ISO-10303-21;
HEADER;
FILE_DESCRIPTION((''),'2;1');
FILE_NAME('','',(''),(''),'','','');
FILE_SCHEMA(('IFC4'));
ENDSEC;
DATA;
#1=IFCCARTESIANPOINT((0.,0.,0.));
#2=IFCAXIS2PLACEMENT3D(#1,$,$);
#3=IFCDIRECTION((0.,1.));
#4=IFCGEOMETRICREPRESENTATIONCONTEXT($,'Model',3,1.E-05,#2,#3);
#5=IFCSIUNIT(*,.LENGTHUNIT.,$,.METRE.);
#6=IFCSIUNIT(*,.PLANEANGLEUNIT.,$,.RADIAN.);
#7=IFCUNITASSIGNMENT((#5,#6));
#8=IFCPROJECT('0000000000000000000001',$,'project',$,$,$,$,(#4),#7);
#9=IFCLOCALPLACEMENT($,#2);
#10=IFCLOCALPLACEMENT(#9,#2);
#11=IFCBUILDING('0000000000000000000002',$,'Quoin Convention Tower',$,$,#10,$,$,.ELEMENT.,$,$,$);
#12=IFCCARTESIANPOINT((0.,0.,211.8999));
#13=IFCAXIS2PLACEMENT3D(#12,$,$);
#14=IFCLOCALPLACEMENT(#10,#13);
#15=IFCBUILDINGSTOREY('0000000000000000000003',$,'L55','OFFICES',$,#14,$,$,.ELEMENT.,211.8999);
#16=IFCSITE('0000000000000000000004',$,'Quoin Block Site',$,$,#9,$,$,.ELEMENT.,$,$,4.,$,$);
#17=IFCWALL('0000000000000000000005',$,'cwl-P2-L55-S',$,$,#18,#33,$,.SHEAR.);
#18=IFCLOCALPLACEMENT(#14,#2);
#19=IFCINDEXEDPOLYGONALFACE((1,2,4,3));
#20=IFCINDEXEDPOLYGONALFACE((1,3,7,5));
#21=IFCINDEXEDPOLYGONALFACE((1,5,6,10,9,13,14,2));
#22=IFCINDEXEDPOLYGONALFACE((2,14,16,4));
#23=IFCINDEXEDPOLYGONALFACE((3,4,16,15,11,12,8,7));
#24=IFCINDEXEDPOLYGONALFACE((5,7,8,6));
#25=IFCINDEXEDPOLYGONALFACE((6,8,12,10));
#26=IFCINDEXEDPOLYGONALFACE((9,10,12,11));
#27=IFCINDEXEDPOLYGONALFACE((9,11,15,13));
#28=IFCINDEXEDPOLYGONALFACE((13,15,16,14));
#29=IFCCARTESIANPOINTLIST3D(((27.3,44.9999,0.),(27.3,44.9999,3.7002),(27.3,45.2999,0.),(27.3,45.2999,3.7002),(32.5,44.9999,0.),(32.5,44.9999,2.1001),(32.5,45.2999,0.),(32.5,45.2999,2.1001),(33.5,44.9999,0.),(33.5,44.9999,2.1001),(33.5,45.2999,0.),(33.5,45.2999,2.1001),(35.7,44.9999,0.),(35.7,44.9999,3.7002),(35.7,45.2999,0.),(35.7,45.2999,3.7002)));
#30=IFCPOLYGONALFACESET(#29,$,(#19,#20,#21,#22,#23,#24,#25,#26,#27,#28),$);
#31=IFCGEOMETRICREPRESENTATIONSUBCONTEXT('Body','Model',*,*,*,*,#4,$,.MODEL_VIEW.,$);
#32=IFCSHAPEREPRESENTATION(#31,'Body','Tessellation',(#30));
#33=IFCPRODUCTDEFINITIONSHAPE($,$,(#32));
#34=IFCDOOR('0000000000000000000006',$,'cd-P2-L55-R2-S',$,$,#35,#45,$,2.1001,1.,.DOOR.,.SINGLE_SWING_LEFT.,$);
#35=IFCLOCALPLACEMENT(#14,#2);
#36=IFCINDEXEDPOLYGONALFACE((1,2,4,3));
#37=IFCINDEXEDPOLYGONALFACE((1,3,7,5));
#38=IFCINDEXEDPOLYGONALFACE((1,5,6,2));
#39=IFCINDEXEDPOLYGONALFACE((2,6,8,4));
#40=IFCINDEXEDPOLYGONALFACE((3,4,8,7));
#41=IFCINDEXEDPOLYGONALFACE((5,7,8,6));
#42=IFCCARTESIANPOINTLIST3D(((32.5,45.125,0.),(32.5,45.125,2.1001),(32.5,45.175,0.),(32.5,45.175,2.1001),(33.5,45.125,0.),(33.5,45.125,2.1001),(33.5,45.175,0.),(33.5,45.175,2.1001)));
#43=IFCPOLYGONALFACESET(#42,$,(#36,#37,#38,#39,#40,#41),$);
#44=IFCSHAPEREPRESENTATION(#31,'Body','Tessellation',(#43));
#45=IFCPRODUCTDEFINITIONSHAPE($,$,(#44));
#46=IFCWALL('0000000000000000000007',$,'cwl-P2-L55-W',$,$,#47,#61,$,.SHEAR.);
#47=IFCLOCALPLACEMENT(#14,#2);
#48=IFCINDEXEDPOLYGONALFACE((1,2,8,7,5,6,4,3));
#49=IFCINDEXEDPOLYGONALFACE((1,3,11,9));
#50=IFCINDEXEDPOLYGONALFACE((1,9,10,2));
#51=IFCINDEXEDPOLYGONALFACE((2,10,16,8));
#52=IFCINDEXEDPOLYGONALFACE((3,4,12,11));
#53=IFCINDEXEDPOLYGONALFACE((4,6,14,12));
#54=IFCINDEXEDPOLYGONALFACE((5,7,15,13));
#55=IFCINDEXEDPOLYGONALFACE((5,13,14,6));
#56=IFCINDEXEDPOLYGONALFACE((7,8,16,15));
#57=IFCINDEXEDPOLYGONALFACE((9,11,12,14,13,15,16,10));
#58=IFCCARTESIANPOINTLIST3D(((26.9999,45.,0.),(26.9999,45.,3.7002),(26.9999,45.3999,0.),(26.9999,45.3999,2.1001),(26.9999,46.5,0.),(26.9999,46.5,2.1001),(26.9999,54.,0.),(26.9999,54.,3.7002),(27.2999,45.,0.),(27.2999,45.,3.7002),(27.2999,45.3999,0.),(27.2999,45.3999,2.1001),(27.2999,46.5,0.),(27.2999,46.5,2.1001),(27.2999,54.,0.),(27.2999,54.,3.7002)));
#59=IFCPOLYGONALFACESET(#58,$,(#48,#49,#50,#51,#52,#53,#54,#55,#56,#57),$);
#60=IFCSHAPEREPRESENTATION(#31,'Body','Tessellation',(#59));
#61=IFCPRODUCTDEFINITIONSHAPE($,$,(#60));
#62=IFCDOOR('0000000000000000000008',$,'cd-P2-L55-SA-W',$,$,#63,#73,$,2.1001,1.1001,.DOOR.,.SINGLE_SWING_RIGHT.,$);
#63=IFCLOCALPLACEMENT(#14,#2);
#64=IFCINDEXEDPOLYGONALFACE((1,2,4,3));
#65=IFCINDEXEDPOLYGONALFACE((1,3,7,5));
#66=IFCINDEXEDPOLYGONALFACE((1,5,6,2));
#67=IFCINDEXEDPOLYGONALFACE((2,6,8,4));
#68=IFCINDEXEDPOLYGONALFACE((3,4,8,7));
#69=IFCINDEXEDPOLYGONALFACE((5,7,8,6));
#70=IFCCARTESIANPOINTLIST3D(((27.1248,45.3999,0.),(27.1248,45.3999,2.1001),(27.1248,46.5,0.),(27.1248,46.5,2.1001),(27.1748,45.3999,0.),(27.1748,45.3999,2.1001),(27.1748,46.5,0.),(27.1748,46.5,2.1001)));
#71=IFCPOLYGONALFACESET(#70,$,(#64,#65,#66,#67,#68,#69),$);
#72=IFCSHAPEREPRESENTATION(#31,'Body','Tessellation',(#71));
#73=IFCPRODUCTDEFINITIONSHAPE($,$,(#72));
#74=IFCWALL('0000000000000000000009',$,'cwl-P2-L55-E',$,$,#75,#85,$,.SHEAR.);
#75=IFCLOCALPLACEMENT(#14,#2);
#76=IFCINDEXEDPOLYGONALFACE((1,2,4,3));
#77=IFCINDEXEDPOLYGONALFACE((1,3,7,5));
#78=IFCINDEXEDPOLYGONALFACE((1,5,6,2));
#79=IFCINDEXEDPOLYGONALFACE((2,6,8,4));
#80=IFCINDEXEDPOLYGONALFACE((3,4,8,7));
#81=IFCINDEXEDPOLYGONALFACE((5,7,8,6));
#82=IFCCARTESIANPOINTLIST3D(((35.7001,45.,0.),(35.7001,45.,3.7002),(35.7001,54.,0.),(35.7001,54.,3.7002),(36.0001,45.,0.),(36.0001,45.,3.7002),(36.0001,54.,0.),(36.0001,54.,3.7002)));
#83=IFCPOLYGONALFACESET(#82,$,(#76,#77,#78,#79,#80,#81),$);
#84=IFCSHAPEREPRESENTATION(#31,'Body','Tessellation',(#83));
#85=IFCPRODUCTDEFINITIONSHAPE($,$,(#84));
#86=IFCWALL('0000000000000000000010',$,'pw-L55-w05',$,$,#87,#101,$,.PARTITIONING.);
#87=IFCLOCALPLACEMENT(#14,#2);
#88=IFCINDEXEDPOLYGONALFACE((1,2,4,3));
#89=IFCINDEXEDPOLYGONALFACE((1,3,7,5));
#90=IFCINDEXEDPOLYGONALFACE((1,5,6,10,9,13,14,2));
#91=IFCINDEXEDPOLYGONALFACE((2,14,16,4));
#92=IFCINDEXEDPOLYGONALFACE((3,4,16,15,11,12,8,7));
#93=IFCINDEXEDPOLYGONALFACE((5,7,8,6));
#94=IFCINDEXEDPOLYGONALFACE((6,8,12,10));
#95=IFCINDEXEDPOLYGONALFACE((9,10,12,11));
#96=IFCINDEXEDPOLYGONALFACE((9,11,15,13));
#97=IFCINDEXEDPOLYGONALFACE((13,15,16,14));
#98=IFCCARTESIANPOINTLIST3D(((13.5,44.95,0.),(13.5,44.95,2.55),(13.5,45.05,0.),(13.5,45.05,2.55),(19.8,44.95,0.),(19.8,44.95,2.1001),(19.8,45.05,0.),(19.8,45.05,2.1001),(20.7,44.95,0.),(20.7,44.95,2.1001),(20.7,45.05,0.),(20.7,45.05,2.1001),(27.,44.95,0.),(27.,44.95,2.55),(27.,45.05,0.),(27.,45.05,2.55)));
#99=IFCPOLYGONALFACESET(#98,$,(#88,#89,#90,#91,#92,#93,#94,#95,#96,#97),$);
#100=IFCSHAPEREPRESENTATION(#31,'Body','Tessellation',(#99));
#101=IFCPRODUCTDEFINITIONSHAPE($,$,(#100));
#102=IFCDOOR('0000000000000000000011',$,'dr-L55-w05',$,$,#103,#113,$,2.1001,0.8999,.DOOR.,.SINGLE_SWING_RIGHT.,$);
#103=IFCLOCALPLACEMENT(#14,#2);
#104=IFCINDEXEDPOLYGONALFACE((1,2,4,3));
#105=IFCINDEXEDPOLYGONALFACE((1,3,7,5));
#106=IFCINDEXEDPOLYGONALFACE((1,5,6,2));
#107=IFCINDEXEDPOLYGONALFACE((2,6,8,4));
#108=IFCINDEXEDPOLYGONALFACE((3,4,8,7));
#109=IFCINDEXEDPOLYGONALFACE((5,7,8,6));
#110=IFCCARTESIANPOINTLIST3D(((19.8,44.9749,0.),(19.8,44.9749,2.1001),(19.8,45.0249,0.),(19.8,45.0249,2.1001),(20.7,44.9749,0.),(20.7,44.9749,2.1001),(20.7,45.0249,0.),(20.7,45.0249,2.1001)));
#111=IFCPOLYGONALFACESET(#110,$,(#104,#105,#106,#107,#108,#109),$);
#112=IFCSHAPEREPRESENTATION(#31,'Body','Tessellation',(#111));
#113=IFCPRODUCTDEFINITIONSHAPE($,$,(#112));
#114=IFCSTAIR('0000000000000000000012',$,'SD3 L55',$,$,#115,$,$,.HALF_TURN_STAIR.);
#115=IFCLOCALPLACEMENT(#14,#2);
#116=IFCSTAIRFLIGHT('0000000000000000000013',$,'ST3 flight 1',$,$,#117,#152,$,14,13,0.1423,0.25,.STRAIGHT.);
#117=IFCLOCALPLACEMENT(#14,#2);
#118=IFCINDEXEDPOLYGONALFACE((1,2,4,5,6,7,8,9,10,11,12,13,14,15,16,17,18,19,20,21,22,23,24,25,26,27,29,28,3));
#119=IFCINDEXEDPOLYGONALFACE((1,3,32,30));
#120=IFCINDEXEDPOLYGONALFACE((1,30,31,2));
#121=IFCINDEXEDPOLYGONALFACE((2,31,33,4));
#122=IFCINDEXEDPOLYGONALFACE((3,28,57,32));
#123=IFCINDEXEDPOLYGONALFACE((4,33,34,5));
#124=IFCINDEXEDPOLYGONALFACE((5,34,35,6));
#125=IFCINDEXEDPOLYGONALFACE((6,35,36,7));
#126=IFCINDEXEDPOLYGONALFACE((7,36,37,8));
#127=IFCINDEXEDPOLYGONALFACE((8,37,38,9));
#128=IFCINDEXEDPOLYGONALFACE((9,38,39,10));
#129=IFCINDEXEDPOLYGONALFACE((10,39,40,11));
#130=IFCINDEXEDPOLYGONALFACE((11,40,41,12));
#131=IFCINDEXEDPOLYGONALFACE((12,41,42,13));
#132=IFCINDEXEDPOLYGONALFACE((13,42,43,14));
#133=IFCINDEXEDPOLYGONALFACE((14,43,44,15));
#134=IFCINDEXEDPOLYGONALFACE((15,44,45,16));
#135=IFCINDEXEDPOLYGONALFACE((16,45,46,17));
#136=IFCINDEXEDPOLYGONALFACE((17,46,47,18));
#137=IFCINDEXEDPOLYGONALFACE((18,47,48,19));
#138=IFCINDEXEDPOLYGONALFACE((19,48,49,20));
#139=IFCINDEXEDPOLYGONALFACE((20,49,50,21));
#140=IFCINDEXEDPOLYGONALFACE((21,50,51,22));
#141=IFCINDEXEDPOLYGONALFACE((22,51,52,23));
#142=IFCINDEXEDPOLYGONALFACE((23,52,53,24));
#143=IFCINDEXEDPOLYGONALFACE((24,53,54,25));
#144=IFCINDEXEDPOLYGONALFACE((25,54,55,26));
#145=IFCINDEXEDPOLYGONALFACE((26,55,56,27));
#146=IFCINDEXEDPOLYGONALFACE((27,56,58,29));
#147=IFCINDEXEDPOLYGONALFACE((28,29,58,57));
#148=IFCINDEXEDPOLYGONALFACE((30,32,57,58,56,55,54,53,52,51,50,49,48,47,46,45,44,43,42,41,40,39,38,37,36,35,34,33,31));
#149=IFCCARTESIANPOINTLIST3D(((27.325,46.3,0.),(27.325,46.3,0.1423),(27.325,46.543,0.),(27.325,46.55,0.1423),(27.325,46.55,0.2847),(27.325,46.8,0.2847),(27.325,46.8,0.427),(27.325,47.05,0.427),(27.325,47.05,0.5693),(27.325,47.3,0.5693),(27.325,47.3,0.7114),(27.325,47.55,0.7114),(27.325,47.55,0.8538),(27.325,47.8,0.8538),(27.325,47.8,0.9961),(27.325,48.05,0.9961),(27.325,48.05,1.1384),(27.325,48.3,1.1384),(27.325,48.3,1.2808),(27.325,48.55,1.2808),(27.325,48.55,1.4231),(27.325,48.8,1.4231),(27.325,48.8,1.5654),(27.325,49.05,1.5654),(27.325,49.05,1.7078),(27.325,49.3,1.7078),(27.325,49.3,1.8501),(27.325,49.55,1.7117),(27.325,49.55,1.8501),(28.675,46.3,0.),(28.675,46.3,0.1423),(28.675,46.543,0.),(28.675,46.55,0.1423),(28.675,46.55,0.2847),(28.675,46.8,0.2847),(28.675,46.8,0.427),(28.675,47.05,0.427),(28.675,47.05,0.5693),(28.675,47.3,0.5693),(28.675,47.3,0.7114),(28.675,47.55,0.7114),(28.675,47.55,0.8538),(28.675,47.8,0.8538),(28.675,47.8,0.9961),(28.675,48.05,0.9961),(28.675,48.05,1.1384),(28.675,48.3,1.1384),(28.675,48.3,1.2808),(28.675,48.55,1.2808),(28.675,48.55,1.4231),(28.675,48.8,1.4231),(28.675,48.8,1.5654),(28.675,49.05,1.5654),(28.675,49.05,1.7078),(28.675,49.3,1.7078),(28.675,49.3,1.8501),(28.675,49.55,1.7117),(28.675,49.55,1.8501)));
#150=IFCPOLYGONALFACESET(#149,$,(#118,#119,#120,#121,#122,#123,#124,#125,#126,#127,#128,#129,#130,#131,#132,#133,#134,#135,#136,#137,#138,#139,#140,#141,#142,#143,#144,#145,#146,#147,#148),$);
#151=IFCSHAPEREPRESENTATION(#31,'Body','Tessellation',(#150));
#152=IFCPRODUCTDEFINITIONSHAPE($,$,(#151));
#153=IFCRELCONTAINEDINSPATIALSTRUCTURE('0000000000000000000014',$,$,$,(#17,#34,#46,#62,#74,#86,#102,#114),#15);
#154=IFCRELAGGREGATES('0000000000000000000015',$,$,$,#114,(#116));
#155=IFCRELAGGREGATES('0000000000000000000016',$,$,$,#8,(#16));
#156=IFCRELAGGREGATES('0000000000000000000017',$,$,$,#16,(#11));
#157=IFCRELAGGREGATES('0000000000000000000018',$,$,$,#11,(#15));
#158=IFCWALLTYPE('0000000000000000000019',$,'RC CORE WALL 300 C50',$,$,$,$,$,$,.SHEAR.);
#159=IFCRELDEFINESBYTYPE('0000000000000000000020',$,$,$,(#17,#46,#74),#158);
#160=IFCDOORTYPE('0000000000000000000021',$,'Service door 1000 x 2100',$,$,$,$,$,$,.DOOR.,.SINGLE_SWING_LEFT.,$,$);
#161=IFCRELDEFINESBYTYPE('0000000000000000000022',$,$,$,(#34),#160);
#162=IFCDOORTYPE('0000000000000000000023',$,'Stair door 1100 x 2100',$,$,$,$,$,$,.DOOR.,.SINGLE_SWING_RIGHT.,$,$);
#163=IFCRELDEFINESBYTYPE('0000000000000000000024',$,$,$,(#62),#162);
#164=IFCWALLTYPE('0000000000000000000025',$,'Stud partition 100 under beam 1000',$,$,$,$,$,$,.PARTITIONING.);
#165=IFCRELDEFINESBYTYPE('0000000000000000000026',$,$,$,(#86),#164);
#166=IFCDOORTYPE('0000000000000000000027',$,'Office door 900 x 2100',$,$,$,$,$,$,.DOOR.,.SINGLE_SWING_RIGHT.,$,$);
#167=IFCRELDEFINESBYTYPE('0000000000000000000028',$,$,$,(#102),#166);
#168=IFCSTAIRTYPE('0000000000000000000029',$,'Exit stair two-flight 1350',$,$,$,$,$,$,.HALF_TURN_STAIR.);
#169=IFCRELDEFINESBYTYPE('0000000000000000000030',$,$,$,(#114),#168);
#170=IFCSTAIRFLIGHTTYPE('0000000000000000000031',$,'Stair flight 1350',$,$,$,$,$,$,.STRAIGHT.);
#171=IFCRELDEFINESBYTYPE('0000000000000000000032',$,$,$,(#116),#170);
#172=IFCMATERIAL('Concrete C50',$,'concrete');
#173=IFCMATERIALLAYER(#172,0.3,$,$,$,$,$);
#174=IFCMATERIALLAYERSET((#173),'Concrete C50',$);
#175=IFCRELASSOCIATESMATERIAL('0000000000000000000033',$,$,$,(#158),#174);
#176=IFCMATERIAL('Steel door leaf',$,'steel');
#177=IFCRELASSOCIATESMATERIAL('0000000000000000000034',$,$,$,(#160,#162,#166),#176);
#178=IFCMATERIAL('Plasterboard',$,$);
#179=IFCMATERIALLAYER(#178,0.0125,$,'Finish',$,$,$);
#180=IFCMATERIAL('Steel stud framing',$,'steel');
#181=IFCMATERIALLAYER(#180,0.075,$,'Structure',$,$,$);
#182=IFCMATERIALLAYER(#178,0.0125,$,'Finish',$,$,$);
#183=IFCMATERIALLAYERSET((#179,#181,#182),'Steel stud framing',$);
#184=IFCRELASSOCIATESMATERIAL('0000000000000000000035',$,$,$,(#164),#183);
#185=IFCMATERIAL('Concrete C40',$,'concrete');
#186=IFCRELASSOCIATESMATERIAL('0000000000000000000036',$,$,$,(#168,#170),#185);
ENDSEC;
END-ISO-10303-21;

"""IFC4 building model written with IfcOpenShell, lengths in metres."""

from ifc_helpers import new_model, si_unit, direction, frame, frame_2d, origin, place, context, subcontext, project, spatial, polyline, rectangle, outline, extrude, material, layer, layer_set, type_object, element, fill, aggregate, save


model = new_model("IFC4")

# Units and contexts
model_context = context("Model", 3, precision=1e-05, world=origin(), true_north=direction((0.0, 1.0)))
body_context = subcontext(model_context, "Body", "Model", "MODEL_VIEW")
ifc_project = project(units=[si_unit("LENGTHUNIT", "METRE"), si_unit("PLANEANGLEUNIT", "RADIAN")], contexts=[model_context])

# Site, building, storey
site_placement = place(None, origin())
site = spatial("IfcSite", under=ifc_project, at=site_placement, Name="Quoin Block Site", CompositionType="ELEMENT", RefElevation=4.0)
building_placement = place(site_placement, origin())
building = spatial("IfcBuilding", under=site, at=building_placement, Name="Quoin Convention Tower", CompositionType="ELEMENT")
storey_placement = place(building_placement, frame((0.0, 0.0, 211.8999)))
storey = spatial("IfcBuildingStorey", under=building, at=storey_placement, Name="L55", Description="OFFICES", CompositionType="ELEMENT", Elevation=211.8999)

# Shared definitions
ifc_material_1 = material(Name="Concrete C50", Category="concrete")

# Walls, openings, doors
ifc_layer_1 = layer(ifc_material_1, 0.3)
ifc_layer_set_1 = layer_set([ifc_layer_1], Name="Concrete C50")
wall_type_1 = type_object("IfcWallType", Name="RC CORE WALL 300 C50", PredefinedType="SHEAR", material=ifc_layer_set_1)
wall_1_placement = place(storey_placement, frame((27.3, 45.1499, 0.0), z_axis=(0.0, 0.0, 1.0), x_axis=(1.0, 0.0, 0.0)))
wall_1 = element("IfcWall", 1, at=wall_1_placement, inside=storey, type_object=wall_type_1, Name="cwl-P2-L55-S", PredefinedType="SHEAR", context=body_context, shape_type="SweptSolid", body=[
    extrude(rectangle(XDim=8.3999, YDim=0.3, at=frame_2d((4.2, 0.0))), origin(), (0.0, 0.0, 1.0), 3.7002),
])
opening_1_placement = place(wall_1_placement, frame((5.2, 0.0, 0.0)))
opening_1 = element("IfcOpeningElement", 2, at=opening_1_placement, cuts=wall_1, PredefinedType="OPENING", context=body_context, shape_type="SweptSolid", body=[
    extrude(rectangle(XDim=1.0, YDim=2.1001, at=frame_2d((0.5, 1.05))), frame((0.0, 0.1599, 0.0), z_axis=(0.0, -1.0, 0.0), x_axis=(1.0, 0.0, 0.0)), (0.0, 0.0, 1.0), 0.3201),
])
ifc_material_2 = material(Name="Steel door leaf", Category="steel")
door_type_1 = type_object("IfcDoorType", Name="Service door 1000 x 2100", OperationType="SINGLE_SWING_LEFT", PredefinedType="DOOR", material=ifc_material_2)
door_1_placement = place(opening_1_placement, frame((1.0, 0.0, 0.0), z_axis=(0.0, 0.0, 1.0), x_axis=(-1.0, 0.0, 0.0)))
door_1 = element("IfcDoor", 3, at=door_1_placement, inside=storey, type_object=door_type_1, Name="cd-P2-L55-R2-S", OperationType="SINGLE_SWING_LEFT", OverallHeight=2.1001, OverallWidth=1.0, PredefinedType="DOOR", context=body_context, shape_type="SweptSolid", body=[
    extrude(rectangle(XDim=1.0, YDim=2.1001, at=frame_2d((0.5, 1.05))), frame((0.0, 0.0249, 0.0), z_axis=(0.0, -1.0, 0.0), x_axis=(1.0, 0.0, 0.0)), (0.0, 0.0, 1.0), 0.05),
])
fill(opening_1, door_1)
wall_2_placement = place(storey_placement, frame((27.1499, 45.0, 0.0), z_axis=(0.0, 0.0, 1.0), x_axis=(0.0, 1.0, 0.0)))
wall_2 = element("IfcWall", 4, at=wall_2_placement, inside=storey, type_object=wall_type_1, Name="cwl-P2-L55-W", PredefinedType="SHEAR", context=body_context, shape_type="SweptSolid", body=[
    extrude(rectangle(XDim=9.0, YDim=0.3, at=frame_2d((4.5, 0.0))), origin(), (0.0, 0.0, 1.0), 3.7002),
])
opening_2_placement = place(wall_2_placement, frame((0.3999, 0.0, 0.0)))
opening_2 = element("IfcOpeningElement", 5, at=opening_2_placement, cuts=wall_2, PredefinedType="OPENING", context=body_context, shape_type="SweptSolid", body=[
    extrude(rectangle(XDim=1.1001, YDim=2.1001, at=frame_2d((0.55, 1.05))), frame((0.0, 0.1599, 0.0), z_axis=(0.0, -1.0, 0.0), x_axis=(1.0, 0.0, 0.0)), (0.0, 0.0, 1.0), 0.3201),
])
door_type_2 = type_object("IfcDoorType", Name="Stair door 1100 x 2100", OperationType="SINGLE_SWING_RIGHT", PredefinedType="DOOR", material=ifc_material_2)
door_2_placement = place(opening_2_placement, frame((1.1001, 0.0, 0.0), z_axis=(0.0, 0.0, 1.0), x_axis=(-1.0, 0.0, 0.0)))
door_2 = element("IfcDoor", 6, at=door_2_placement, inside=storey, type_object=door_type_2, Name="cd-P2-L55-SA-W", OperationType="SINGLE_SWING_RIGHT", OverallHeight=2.1001, OverallWidth=1.1001, PredefinedType="DOOR", context=body_context, shape_type="SweptSolid", body=[
    extrude(rectangle(XDim=1.1001, YDim=2.1001, at=frame_2d((0.55, 1.05))), frame((0.0, 0.0249, 0.0), z_axis=(0.0, -1.0, 0.0), x_axis=(1.0, 0.0, 0.0)), (0.0, 0.0, 1.0), 0.05),
])
fill(opening_2, door_2)

# Wall
wall_3_placement = place(storey_placement, frame((35.8501, 45.0, 0.0), z_axis=(0.0, 0.0, 1.0), x_axis=(0.0, 1.0, 0.0)))
element("IfcWall", 7, at=wall_3_placement, inside=storey, type_object=wall_type_1, Name="cwl-P2-L55-E", PredefinedType="SHEAR", context=body_context, shape_type="SweptSolid", body=[
    extrude(rectangle(XDim=9.0, YDim=0.3, at=frame_2d((4.5, 0.0))), origin(), (0.0, 0.0, 1.0), 3.7002),
])

# Wall, opening, door
ifc_material_3 = material(Name="Plasterboard")
ifc_layer_2 = layer(ifc_material_3, 0.0125, Name="Finish")
ifc_material_4 = material(Name="Steel stud framing", Category="steel")
ifc_layer_3 = layer(ifc_material_4, 0.075, Name="Structure")
ifc_layer_4 = layer(ifc_material_3, 0.0125, Name="Finish")
ifc_layer_set_2 = layer_set([ifc_layer_2, ifc_layer_3, ifc_layer_4], Name="Steel stud framing")
wall_type_2 = type_object("IfcWallType", Name="Stud partition 100 under beam 1000", PredefinedType="PARTITIONING", material=ifc_layer_set_2)
wall_4_placement = place(storey_placement, frame((13.5, 45.0, 0.0), z_axis=(0.0, 0.0, 1.0), x_axis=(1.0, 0.0, 0.0)))
wall_4 = element("IfcWall", 8, at=wall_4_placement, inside=storey, type_object=wall_type_2, Name="pw-L55-w05", PredefinedType="PARTITIONING", context=body_context, shape_type="SweptSolid", body=[
    extrude(rectangle(XDim=13.5, YDim=0.1001, at=frame_2d((6.75, 0.0))), origin(), (0.0, 0.0, 1.0), 2.55),
])
opening_3_placement = place(wall_4_placement, frame((6.3, 0.0, 0.0)))
opening_3 = element("IfcOpeningElement", 9, at=opening_3_placement, cuts=wall_4, PredefinedType="OPENING", context=body_context, shape_type="SweptSolid", body=[
    extrude(rectangle(XDim=0.8999, YDim=2.1001, at=frame_2d((0.45, 1.05))), frame((0.0, 0.0601, 0.0), z_axis=(0.0, -1.0, 0.0), x_axis=(1.0, 0.0, 0.0)), (0.0, 0.0, 1.0), 0.1201),
])
door_type_3 = type_object("IfcDoorType", Name="Office door 900 x 2100", OperationType="SINGLE_SWING_RIGHT", PredefinedType="DOOR", material=ifc_material_2)
door_3_placement = place(opening_3_placement, origin())
door_3 = element("IfcDoor", 10, at=door_3_placement, inside=storey, type_object=door_type_3, Name="dr-L55-w05", OperationType="SINGLE_SWING_RIGHT", OverallHeight=2.1001, OverallWidth=0.8999, PredefinedType="DOOR", context=body_context, shape_type="SweptSolid", body=[
    extrude(rectangle(XDim=0.8999, YDim=2.1001, at=frame_2d((0.45, 1.05))), frame((0.0, 0.0249, 0.0), z_axis=(0.0, -1.0, 0.0), x_axis=(1.0, 0.0, 0.0)), (0.0, 0.0, 1.0), 0.05),
])
fill(opening_3, door_3)

# Stair, stair flight
ifc_material_5 = material(Name="Concrete C40", Category="concrete")
stair_type = type_object("IfcStairType", Name="Exit stair two-flight 1350", PredefinedType="HALF_TURN_STAIR", material=ifc_material_5)
stair_placement = place(storey_placement, origin())
stair = element("IfcStair", 11, at=stair_placement, inside=storey, type_object=stair_type, Name="SD3 L55", PredefinedType="HALF_TURN_STAIR")
stair_flight_type = type_object("IfcStairFlightType", Name="Stair flight 1350", PredefinedType="STRAIGHT", material=ifc_material_5)
stair_flight_placement = place(storey_placement, frame((28.0, 46.3, 0.0), z_axis=(0.0, 0.0, 1.0), x_axis=(0.0, 1.0, 0.0)))
stair_flight = element("IfcStairFlight", 12, at=stair_flight_placement, type_object=stair_flight_type, Name="ST3 flight 1", NumberOfRisers=14, NumberOfTreads=13, PredefinedType="STRAIGHT", RiserHeight=0.1423, TreadLength=0.25, context=body_context, shape_type="SweptSolid", body=[
    extrude(outline(polyline([(0.0, 0.0), (0.0, 0.1423), (0.25, 0.1423), (0.25, 0.2847), (0.5, 0.2847), (0.5, 0.427), (0.75, 0.427), (0.75, 0.5693), (1.0, 0.5693), (1.0, 0.7114), (1.25, 0.7114), (1.25, 0.8538), (1.5, 0.8538), (1.5, 0.9961), (1.75, 0.9961), (1.75, 1.1384), (2.0, 1.1384), (2.0, 1.2808), (2.25, 1.2808), (2.25, 1.4231), (2.5, 1.4231), (2.5, 1.5654), (2.75, 1.5654), (2.75, 1.7078), (3.0, 1.7078), (3.0, 1.8501), (3.25, 1.8501), (3.25, 1.9922), (3.25, 1.7117), (0.2429, 0.0), (0.0, 0.0)])), frame((0.0, 0.675, 0.0), z_axis=(0.0, -1.0, 0.0), x_axis=(1.0, 0.0, 0.0)), (0.0, 0.0, 1.0), 1.3501),
])
aggregate(stair, [stair_flight])

save(model, "model.ifc")
